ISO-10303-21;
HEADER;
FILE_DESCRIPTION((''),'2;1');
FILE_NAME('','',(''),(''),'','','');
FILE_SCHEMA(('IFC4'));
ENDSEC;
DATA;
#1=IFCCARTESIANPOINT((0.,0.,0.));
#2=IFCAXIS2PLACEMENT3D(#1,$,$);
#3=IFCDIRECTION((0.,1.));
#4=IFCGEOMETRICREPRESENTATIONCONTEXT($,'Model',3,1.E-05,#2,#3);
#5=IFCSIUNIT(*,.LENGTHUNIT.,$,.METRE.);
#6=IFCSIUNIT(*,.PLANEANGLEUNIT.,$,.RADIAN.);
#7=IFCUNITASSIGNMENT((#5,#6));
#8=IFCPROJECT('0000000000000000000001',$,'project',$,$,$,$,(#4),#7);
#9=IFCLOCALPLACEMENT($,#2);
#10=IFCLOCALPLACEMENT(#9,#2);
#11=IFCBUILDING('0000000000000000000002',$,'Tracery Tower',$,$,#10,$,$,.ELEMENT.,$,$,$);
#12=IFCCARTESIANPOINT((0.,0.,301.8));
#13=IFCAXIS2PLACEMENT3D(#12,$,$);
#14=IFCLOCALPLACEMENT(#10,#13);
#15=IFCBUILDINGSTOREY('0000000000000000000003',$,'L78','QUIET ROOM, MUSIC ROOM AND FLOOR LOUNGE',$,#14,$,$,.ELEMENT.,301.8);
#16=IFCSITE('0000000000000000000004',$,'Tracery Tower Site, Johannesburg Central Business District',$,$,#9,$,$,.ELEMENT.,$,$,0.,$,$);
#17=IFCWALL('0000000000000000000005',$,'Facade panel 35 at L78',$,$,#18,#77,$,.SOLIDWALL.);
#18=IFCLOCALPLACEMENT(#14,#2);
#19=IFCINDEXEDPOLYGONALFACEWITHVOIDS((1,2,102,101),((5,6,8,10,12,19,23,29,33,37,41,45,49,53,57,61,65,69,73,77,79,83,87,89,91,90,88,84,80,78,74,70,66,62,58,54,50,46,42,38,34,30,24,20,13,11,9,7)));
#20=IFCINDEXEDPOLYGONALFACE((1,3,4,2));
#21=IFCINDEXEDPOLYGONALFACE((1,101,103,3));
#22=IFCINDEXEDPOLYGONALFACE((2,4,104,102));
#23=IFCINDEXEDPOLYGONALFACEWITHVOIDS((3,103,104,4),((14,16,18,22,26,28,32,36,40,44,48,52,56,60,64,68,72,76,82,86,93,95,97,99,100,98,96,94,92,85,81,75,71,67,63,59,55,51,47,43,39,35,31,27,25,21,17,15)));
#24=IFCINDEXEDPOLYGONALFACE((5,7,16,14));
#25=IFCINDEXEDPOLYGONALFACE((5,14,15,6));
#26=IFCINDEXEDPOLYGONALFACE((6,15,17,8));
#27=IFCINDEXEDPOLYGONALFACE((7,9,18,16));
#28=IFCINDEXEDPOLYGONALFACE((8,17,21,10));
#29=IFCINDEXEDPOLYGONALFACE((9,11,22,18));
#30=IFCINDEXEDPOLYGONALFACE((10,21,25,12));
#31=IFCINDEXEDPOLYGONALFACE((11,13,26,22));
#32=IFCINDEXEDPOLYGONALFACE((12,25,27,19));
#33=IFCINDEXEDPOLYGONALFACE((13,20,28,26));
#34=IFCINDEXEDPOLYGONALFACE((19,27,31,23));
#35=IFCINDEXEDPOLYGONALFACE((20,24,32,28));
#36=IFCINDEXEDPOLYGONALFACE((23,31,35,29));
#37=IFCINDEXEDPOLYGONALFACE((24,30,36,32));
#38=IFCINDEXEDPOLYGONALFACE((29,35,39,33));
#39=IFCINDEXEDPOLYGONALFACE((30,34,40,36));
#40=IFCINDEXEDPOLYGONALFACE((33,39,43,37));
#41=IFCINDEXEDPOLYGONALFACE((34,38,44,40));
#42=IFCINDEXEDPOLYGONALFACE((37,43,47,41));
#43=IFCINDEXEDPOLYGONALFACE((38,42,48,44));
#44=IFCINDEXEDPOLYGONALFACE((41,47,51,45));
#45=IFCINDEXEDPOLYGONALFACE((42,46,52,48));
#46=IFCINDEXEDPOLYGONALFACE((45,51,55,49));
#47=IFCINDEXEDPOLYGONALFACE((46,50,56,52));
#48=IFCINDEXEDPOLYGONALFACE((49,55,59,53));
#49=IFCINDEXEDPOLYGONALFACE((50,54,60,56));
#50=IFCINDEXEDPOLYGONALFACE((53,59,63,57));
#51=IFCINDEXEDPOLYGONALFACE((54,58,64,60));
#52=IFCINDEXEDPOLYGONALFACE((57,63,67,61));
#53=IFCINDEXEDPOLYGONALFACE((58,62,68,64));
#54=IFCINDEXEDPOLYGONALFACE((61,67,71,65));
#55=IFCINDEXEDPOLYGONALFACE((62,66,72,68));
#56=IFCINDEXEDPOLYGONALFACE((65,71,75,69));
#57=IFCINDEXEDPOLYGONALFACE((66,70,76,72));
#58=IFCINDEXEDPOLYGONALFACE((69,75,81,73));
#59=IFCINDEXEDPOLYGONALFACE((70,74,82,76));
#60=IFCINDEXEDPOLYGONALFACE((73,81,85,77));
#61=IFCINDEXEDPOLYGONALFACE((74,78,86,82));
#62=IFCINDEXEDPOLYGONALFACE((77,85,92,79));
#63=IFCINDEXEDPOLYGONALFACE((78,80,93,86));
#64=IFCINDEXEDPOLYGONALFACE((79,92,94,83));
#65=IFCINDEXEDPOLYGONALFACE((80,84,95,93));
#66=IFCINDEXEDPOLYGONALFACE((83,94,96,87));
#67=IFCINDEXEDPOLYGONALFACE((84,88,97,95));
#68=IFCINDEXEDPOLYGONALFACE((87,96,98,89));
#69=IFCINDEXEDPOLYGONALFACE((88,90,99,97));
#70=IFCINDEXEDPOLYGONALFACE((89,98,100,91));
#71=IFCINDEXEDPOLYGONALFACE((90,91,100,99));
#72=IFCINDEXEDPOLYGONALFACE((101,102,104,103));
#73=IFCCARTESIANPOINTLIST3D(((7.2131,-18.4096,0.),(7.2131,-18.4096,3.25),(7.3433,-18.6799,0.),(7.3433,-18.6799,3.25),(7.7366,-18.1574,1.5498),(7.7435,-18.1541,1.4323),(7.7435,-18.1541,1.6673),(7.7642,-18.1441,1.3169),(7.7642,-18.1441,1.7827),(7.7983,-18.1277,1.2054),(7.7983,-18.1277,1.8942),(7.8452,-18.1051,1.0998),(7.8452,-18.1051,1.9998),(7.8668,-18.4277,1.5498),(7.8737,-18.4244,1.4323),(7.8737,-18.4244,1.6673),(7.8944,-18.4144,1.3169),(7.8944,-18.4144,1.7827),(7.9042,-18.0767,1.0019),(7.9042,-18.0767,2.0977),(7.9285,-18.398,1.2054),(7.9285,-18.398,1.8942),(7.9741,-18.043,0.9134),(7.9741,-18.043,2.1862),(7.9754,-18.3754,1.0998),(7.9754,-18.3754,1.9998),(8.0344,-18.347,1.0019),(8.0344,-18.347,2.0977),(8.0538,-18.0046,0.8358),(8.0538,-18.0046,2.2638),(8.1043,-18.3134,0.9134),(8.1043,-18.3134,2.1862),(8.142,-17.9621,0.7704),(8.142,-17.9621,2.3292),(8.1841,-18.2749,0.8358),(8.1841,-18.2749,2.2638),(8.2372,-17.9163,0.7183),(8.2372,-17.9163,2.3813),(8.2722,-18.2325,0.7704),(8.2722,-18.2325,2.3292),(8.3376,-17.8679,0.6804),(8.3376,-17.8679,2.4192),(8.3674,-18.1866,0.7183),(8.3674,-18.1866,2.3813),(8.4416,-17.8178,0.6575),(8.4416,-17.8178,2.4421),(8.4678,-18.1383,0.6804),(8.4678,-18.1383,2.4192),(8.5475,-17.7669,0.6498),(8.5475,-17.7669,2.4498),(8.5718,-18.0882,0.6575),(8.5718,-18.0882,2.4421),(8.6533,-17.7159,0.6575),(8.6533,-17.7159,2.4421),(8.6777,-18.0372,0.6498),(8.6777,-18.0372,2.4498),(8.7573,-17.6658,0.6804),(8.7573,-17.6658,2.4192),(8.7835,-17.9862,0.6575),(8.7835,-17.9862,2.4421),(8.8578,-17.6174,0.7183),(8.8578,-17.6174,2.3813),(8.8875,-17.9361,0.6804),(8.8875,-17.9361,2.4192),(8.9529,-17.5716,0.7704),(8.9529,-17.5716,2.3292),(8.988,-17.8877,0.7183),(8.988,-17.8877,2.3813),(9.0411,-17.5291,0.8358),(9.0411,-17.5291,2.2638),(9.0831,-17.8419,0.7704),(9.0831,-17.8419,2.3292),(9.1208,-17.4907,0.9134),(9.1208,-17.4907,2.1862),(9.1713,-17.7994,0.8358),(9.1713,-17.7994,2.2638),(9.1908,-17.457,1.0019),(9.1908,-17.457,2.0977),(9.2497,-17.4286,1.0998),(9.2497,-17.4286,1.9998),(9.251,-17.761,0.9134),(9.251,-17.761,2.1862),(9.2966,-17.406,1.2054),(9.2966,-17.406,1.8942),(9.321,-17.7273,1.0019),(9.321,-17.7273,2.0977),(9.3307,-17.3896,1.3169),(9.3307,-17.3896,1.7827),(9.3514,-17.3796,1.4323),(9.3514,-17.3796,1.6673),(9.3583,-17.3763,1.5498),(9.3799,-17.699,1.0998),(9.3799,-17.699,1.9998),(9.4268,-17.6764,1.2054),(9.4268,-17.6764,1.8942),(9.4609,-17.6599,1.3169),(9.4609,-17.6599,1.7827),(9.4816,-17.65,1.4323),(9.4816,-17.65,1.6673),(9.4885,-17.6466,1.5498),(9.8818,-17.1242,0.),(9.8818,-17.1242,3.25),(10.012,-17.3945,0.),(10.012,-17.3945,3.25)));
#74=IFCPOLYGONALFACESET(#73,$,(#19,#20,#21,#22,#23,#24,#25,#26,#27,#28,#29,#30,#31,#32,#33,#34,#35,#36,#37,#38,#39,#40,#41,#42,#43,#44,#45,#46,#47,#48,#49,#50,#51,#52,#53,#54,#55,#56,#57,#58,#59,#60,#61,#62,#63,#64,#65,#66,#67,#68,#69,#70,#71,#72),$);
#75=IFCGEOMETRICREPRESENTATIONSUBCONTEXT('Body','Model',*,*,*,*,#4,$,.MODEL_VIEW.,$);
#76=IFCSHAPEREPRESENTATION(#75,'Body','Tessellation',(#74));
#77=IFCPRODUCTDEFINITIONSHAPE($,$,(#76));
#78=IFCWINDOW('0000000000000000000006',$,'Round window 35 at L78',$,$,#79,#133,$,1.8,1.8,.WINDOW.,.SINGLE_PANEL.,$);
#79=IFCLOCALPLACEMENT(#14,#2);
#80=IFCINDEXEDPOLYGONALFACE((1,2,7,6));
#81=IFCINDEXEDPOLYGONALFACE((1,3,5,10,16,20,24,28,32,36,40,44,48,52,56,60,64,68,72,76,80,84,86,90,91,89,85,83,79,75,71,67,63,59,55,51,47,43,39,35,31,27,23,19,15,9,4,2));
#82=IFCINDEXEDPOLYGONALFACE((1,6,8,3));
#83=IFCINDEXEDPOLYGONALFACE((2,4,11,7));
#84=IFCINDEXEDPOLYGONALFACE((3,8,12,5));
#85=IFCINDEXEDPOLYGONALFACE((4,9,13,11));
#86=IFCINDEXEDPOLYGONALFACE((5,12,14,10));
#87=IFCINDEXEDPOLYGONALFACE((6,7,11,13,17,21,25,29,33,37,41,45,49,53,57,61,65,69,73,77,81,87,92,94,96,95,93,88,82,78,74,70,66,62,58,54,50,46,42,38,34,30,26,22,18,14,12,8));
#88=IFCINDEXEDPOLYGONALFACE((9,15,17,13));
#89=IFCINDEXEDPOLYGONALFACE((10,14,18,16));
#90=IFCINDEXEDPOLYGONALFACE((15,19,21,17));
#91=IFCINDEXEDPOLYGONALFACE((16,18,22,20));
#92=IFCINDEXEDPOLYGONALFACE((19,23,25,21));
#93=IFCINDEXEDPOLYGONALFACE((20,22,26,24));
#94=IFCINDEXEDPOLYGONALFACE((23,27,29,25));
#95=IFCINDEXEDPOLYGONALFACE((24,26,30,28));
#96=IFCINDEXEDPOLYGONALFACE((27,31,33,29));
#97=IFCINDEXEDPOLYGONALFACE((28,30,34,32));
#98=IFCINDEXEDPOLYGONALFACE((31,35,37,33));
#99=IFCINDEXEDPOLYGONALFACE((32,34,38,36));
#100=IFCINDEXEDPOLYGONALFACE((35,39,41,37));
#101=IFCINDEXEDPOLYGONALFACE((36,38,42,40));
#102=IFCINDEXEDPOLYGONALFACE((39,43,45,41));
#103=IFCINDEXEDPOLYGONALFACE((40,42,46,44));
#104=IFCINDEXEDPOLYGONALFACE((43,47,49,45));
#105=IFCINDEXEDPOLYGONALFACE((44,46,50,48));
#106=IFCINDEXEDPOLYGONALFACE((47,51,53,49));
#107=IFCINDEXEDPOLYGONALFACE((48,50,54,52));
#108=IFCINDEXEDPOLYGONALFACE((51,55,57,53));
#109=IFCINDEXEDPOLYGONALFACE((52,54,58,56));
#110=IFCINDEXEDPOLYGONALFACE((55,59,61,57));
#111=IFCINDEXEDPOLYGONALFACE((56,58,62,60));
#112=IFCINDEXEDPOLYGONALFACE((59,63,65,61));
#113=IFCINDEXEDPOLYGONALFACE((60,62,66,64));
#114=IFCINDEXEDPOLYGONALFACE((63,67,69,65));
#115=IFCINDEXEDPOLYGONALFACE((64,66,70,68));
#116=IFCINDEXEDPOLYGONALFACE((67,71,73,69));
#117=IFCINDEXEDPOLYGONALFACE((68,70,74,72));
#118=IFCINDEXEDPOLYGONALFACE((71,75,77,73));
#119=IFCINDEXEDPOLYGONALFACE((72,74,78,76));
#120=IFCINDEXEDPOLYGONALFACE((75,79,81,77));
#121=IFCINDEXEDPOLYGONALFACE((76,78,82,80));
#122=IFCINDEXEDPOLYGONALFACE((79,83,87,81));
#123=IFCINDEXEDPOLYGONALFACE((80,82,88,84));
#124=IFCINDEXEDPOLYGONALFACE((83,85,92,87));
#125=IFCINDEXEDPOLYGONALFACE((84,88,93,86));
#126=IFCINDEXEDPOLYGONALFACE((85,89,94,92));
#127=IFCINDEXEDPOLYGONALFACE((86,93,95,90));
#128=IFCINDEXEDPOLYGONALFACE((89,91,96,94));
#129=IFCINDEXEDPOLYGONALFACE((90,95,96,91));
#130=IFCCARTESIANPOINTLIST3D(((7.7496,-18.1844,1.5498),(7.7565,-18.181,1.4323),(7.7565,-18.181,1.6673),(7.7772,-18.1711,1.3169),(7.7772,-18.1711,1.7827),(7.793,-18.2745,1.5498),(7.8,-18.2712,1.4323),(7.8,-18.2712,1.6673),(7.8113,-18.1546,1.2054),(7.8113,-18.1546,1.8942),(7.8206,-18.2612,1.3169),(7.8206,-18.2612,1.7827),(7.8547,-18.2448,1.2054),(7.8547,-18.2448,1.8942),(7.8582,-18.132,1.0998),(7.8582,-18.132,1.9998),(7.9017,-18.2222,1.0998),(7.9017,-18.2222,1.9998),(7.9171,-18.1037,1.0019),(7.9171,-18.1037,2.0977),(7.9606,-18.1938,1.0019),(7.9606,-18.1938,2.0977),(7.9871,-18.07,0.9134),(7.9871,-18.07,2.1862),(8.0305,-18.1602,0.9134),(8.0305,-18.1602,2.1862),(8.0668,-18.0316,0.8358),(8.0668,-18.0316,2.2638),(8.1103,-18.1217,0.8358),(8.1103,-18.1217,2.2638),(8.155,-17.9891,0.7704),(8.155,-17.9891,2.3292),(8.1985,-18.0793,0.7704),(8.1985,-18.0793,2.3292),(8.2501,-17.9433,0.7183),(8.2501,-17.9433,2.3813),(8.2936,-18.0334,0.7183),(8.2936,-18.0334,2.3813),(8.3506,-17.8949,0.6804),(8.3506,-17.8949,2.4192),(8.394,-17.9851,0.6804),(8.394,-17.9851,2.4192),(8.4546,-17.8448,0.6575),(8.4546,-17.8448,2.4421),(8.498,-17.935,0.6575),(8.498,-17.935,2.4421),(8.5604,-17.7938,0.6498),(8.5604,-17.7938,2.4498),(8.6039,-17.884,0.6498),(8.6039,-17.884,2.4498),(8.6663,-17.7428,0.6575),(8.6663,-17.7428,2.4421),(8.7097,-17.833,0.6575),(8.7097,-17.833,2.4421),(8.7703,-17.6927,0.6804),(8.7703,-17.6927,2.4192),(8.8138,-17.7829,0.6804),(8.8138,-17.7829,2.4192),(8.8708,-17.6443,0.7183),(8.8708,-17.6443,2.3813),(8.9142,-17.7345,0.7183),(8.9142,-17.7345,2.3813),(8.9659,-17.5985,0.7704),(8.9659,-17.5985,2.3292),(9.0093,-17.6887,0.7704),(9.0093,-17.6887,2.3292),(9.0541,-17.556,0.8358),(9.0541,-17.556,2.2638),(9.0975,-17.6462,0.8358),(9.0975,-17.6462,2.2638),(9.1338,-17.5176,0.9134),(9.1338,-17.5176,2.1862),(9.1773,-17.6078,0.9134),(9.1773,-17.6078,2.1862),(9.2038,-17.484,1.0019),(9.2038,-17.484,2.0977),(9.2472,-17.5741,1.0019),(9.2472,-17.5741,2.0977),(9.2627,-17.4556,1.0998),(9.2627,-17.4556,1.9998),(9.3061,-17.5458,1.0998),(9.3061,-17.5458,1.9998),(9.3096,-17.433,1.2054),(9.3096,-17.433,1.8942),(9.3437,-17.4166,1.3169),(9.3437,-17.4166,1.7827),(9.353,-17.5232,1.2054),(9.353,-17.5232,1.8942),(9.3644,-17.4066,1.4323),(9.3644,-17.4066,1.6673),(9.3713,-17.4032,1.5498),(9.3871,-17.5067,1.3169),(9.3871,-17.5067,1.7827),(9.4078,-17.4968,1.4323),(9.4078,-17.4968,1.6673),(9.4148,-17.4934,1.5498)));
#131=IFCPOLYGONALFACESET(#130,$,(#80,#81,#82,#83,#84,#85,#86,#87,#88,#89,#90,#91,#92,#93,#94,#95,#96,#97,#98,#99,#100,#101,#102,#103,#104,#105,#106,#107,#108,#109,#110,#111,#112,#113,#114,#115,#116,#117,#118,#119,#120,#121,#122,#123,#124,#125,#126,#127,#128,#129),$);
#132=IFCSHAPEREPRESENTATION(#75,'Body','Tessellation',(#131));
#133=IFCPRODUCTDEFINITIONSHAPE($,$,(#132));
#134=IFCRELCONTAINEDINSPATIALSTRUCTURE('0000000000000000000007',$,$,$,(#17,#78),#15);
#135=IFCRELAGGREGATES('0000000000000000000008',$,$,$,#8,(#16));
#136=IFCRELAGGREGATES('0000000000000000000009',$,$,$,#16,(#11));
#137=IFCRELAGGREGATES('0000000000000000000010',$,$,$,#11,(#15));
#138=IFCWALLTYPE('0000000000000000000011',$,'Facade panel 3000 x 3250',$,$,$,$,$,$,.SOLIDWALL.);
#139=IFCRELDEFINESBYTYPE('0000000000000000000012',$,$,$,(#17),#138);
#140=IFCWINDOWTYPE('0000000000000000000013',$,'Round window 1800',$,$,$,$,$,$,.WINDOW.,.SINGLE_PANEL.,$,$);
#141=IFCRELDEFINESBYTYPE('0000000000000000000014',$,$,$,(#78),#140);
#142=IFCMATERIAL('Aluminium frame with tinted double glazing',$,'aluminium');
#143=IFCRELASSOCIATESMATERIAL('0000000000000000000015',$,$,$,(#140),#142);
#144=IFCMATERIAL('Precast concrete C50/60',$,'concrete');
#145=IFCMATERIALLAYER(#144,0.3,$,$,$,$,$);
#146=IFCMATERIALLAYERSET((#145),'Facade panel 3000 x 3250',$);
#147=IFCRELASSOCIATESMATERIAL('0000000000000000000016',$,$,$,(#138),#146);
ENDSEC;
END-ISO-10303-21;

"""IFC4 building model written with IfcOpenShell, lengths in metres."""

from ifc_helpers import new_model, si_unit, direction, frame, frame_2d, origin, origin_2d, place, context, subcontext, project, spatial, rectangle, circle, extrude, material, layer, layer_set, type_object, element, fill, save


model = new_model("IFC4")

# Units and contexts
model_context = context("Model", 3, precision=1e-05, world=origin(), true_north=direction((0.0, 1.0)))
body_context = subcontext(model_context, "Body", "Model", "MODEL_VIEW")
ifc_project = project(units=[si_unit("LENGTHUNIT", "METRE"), si_unit("PLANEANGLEUNIT", "RADIAN")], contexts=[model_context])

# Site, building, storey
site_placement = place(None, origin())
site = spatial("IfcSite", under=ifc_project, at=site_placement, Name="Tracery Tower Site, Johannesburg Central Business District", CompositionType="ELEMENT", RefElevation=0.0)
building_placement = place(site_placement, origin())
building = spatial("IfcBuilding", under=site, at=building_placement, Name="Tracery Tower", CompositionType="ELEMENT")
storey_placement = place(building_placement, frame((0.0, 0.0, 301.8)))
storey = spatial("IfcBuildingStorey", under=building, at=storey_placement, Name="L78", Description="QUIET ROOM, MUSIC ROOM AND FLOOR LOUNGE", CompositionType="ELEMENT", Elevation=301.8)

# Wall, opening, window
ifc_material_1 = material(Name="Aluminium frame with tinted double glazing", Category="aluminium")
window_type = type_object("IfcWindowType", Name="Round window 1800", PartitioningType="SINGLE_PANEL", PredefinedType="WINDOW", material=ifc_material_1)
ifc_material_2 = material(Name="Precast concrete C50/60", Category="concrete")
ifc_layer_1 = layer(ifc_material_2, 0.3)
ifc_layer_set_1 = layer_set([ifc_layer_1], Name="Facade panel 3000 x 3250")
wall_type_1 = type_object("IfcWallType", Name="Facade panel 3000 x 3250", PredefinedType="SOLIDWALL", material=ifc_layer_set_1)
wall_1_placement = place(storey_placement, frame((7.2783, -18.5447, 0.0), z_axis=(0.0, 0.0, 1.0), x_axis=(0.90094, 0.433944, 0.0)))
wall_1 = element("IfcWall", 1, at=wall_1_placement, inside=storey, type_object=wall_type_1, Name="Facade panel 35 at L78", PredefinedType="SOLIDWALL", context=body_context, shape_type="SweptSolid", body=[
    extrude(rectangle(XDim=2.9622, YDim=0.3, at=frame_2d((1.481, 0.0))), origin(), (0.0, 0.0, 1.0), 3.25),
])
opening_1_placement = place(wall_1_placement, frame((1.481, 0.0, 1.5498)))
opening_1 = element("IfcOpeningElement", 2, at=opening_1_placement, cuts=wall_1, PredefinedType="OPENING", context=body_context, shape_type="SweptSolid", body=[
    extrude(circle(Radius=0.9, at=origin_2d()), frame((0.0, 0.1599, 0.0), z_axis=(0.0, -1.0, 0.0), x_axis=(1.0, 0.0, 0.0)), (0.0, 0.0, 1.0), 0.3201),
])
window_1_placement = place(opening_1_placement, origin())
window_1 = element("IfcWindow", 3, at=window_1_placement, inside=storey, type_object=window_type, Name="Round window 35 at L78", OverallHeight=1.8, OverallWidth=1.8, PartitioningType="SINGLE_PANEL", PredefinedType="WINDOW", context=body_context, shape_type="SweptSolid", body=[
    extrude(circle(Radius=0.9, at=origin_2d()), frame((0.0, 0.1201, 0.0), z_axis=(0.0, -1.0, 0.0), x_axis=(1.0, 0.0, 0.0)), (0.0, 0.0, 1.0), 0.1001),
])
fill(opening_1, window_1)

save(model, "model.ifc")
